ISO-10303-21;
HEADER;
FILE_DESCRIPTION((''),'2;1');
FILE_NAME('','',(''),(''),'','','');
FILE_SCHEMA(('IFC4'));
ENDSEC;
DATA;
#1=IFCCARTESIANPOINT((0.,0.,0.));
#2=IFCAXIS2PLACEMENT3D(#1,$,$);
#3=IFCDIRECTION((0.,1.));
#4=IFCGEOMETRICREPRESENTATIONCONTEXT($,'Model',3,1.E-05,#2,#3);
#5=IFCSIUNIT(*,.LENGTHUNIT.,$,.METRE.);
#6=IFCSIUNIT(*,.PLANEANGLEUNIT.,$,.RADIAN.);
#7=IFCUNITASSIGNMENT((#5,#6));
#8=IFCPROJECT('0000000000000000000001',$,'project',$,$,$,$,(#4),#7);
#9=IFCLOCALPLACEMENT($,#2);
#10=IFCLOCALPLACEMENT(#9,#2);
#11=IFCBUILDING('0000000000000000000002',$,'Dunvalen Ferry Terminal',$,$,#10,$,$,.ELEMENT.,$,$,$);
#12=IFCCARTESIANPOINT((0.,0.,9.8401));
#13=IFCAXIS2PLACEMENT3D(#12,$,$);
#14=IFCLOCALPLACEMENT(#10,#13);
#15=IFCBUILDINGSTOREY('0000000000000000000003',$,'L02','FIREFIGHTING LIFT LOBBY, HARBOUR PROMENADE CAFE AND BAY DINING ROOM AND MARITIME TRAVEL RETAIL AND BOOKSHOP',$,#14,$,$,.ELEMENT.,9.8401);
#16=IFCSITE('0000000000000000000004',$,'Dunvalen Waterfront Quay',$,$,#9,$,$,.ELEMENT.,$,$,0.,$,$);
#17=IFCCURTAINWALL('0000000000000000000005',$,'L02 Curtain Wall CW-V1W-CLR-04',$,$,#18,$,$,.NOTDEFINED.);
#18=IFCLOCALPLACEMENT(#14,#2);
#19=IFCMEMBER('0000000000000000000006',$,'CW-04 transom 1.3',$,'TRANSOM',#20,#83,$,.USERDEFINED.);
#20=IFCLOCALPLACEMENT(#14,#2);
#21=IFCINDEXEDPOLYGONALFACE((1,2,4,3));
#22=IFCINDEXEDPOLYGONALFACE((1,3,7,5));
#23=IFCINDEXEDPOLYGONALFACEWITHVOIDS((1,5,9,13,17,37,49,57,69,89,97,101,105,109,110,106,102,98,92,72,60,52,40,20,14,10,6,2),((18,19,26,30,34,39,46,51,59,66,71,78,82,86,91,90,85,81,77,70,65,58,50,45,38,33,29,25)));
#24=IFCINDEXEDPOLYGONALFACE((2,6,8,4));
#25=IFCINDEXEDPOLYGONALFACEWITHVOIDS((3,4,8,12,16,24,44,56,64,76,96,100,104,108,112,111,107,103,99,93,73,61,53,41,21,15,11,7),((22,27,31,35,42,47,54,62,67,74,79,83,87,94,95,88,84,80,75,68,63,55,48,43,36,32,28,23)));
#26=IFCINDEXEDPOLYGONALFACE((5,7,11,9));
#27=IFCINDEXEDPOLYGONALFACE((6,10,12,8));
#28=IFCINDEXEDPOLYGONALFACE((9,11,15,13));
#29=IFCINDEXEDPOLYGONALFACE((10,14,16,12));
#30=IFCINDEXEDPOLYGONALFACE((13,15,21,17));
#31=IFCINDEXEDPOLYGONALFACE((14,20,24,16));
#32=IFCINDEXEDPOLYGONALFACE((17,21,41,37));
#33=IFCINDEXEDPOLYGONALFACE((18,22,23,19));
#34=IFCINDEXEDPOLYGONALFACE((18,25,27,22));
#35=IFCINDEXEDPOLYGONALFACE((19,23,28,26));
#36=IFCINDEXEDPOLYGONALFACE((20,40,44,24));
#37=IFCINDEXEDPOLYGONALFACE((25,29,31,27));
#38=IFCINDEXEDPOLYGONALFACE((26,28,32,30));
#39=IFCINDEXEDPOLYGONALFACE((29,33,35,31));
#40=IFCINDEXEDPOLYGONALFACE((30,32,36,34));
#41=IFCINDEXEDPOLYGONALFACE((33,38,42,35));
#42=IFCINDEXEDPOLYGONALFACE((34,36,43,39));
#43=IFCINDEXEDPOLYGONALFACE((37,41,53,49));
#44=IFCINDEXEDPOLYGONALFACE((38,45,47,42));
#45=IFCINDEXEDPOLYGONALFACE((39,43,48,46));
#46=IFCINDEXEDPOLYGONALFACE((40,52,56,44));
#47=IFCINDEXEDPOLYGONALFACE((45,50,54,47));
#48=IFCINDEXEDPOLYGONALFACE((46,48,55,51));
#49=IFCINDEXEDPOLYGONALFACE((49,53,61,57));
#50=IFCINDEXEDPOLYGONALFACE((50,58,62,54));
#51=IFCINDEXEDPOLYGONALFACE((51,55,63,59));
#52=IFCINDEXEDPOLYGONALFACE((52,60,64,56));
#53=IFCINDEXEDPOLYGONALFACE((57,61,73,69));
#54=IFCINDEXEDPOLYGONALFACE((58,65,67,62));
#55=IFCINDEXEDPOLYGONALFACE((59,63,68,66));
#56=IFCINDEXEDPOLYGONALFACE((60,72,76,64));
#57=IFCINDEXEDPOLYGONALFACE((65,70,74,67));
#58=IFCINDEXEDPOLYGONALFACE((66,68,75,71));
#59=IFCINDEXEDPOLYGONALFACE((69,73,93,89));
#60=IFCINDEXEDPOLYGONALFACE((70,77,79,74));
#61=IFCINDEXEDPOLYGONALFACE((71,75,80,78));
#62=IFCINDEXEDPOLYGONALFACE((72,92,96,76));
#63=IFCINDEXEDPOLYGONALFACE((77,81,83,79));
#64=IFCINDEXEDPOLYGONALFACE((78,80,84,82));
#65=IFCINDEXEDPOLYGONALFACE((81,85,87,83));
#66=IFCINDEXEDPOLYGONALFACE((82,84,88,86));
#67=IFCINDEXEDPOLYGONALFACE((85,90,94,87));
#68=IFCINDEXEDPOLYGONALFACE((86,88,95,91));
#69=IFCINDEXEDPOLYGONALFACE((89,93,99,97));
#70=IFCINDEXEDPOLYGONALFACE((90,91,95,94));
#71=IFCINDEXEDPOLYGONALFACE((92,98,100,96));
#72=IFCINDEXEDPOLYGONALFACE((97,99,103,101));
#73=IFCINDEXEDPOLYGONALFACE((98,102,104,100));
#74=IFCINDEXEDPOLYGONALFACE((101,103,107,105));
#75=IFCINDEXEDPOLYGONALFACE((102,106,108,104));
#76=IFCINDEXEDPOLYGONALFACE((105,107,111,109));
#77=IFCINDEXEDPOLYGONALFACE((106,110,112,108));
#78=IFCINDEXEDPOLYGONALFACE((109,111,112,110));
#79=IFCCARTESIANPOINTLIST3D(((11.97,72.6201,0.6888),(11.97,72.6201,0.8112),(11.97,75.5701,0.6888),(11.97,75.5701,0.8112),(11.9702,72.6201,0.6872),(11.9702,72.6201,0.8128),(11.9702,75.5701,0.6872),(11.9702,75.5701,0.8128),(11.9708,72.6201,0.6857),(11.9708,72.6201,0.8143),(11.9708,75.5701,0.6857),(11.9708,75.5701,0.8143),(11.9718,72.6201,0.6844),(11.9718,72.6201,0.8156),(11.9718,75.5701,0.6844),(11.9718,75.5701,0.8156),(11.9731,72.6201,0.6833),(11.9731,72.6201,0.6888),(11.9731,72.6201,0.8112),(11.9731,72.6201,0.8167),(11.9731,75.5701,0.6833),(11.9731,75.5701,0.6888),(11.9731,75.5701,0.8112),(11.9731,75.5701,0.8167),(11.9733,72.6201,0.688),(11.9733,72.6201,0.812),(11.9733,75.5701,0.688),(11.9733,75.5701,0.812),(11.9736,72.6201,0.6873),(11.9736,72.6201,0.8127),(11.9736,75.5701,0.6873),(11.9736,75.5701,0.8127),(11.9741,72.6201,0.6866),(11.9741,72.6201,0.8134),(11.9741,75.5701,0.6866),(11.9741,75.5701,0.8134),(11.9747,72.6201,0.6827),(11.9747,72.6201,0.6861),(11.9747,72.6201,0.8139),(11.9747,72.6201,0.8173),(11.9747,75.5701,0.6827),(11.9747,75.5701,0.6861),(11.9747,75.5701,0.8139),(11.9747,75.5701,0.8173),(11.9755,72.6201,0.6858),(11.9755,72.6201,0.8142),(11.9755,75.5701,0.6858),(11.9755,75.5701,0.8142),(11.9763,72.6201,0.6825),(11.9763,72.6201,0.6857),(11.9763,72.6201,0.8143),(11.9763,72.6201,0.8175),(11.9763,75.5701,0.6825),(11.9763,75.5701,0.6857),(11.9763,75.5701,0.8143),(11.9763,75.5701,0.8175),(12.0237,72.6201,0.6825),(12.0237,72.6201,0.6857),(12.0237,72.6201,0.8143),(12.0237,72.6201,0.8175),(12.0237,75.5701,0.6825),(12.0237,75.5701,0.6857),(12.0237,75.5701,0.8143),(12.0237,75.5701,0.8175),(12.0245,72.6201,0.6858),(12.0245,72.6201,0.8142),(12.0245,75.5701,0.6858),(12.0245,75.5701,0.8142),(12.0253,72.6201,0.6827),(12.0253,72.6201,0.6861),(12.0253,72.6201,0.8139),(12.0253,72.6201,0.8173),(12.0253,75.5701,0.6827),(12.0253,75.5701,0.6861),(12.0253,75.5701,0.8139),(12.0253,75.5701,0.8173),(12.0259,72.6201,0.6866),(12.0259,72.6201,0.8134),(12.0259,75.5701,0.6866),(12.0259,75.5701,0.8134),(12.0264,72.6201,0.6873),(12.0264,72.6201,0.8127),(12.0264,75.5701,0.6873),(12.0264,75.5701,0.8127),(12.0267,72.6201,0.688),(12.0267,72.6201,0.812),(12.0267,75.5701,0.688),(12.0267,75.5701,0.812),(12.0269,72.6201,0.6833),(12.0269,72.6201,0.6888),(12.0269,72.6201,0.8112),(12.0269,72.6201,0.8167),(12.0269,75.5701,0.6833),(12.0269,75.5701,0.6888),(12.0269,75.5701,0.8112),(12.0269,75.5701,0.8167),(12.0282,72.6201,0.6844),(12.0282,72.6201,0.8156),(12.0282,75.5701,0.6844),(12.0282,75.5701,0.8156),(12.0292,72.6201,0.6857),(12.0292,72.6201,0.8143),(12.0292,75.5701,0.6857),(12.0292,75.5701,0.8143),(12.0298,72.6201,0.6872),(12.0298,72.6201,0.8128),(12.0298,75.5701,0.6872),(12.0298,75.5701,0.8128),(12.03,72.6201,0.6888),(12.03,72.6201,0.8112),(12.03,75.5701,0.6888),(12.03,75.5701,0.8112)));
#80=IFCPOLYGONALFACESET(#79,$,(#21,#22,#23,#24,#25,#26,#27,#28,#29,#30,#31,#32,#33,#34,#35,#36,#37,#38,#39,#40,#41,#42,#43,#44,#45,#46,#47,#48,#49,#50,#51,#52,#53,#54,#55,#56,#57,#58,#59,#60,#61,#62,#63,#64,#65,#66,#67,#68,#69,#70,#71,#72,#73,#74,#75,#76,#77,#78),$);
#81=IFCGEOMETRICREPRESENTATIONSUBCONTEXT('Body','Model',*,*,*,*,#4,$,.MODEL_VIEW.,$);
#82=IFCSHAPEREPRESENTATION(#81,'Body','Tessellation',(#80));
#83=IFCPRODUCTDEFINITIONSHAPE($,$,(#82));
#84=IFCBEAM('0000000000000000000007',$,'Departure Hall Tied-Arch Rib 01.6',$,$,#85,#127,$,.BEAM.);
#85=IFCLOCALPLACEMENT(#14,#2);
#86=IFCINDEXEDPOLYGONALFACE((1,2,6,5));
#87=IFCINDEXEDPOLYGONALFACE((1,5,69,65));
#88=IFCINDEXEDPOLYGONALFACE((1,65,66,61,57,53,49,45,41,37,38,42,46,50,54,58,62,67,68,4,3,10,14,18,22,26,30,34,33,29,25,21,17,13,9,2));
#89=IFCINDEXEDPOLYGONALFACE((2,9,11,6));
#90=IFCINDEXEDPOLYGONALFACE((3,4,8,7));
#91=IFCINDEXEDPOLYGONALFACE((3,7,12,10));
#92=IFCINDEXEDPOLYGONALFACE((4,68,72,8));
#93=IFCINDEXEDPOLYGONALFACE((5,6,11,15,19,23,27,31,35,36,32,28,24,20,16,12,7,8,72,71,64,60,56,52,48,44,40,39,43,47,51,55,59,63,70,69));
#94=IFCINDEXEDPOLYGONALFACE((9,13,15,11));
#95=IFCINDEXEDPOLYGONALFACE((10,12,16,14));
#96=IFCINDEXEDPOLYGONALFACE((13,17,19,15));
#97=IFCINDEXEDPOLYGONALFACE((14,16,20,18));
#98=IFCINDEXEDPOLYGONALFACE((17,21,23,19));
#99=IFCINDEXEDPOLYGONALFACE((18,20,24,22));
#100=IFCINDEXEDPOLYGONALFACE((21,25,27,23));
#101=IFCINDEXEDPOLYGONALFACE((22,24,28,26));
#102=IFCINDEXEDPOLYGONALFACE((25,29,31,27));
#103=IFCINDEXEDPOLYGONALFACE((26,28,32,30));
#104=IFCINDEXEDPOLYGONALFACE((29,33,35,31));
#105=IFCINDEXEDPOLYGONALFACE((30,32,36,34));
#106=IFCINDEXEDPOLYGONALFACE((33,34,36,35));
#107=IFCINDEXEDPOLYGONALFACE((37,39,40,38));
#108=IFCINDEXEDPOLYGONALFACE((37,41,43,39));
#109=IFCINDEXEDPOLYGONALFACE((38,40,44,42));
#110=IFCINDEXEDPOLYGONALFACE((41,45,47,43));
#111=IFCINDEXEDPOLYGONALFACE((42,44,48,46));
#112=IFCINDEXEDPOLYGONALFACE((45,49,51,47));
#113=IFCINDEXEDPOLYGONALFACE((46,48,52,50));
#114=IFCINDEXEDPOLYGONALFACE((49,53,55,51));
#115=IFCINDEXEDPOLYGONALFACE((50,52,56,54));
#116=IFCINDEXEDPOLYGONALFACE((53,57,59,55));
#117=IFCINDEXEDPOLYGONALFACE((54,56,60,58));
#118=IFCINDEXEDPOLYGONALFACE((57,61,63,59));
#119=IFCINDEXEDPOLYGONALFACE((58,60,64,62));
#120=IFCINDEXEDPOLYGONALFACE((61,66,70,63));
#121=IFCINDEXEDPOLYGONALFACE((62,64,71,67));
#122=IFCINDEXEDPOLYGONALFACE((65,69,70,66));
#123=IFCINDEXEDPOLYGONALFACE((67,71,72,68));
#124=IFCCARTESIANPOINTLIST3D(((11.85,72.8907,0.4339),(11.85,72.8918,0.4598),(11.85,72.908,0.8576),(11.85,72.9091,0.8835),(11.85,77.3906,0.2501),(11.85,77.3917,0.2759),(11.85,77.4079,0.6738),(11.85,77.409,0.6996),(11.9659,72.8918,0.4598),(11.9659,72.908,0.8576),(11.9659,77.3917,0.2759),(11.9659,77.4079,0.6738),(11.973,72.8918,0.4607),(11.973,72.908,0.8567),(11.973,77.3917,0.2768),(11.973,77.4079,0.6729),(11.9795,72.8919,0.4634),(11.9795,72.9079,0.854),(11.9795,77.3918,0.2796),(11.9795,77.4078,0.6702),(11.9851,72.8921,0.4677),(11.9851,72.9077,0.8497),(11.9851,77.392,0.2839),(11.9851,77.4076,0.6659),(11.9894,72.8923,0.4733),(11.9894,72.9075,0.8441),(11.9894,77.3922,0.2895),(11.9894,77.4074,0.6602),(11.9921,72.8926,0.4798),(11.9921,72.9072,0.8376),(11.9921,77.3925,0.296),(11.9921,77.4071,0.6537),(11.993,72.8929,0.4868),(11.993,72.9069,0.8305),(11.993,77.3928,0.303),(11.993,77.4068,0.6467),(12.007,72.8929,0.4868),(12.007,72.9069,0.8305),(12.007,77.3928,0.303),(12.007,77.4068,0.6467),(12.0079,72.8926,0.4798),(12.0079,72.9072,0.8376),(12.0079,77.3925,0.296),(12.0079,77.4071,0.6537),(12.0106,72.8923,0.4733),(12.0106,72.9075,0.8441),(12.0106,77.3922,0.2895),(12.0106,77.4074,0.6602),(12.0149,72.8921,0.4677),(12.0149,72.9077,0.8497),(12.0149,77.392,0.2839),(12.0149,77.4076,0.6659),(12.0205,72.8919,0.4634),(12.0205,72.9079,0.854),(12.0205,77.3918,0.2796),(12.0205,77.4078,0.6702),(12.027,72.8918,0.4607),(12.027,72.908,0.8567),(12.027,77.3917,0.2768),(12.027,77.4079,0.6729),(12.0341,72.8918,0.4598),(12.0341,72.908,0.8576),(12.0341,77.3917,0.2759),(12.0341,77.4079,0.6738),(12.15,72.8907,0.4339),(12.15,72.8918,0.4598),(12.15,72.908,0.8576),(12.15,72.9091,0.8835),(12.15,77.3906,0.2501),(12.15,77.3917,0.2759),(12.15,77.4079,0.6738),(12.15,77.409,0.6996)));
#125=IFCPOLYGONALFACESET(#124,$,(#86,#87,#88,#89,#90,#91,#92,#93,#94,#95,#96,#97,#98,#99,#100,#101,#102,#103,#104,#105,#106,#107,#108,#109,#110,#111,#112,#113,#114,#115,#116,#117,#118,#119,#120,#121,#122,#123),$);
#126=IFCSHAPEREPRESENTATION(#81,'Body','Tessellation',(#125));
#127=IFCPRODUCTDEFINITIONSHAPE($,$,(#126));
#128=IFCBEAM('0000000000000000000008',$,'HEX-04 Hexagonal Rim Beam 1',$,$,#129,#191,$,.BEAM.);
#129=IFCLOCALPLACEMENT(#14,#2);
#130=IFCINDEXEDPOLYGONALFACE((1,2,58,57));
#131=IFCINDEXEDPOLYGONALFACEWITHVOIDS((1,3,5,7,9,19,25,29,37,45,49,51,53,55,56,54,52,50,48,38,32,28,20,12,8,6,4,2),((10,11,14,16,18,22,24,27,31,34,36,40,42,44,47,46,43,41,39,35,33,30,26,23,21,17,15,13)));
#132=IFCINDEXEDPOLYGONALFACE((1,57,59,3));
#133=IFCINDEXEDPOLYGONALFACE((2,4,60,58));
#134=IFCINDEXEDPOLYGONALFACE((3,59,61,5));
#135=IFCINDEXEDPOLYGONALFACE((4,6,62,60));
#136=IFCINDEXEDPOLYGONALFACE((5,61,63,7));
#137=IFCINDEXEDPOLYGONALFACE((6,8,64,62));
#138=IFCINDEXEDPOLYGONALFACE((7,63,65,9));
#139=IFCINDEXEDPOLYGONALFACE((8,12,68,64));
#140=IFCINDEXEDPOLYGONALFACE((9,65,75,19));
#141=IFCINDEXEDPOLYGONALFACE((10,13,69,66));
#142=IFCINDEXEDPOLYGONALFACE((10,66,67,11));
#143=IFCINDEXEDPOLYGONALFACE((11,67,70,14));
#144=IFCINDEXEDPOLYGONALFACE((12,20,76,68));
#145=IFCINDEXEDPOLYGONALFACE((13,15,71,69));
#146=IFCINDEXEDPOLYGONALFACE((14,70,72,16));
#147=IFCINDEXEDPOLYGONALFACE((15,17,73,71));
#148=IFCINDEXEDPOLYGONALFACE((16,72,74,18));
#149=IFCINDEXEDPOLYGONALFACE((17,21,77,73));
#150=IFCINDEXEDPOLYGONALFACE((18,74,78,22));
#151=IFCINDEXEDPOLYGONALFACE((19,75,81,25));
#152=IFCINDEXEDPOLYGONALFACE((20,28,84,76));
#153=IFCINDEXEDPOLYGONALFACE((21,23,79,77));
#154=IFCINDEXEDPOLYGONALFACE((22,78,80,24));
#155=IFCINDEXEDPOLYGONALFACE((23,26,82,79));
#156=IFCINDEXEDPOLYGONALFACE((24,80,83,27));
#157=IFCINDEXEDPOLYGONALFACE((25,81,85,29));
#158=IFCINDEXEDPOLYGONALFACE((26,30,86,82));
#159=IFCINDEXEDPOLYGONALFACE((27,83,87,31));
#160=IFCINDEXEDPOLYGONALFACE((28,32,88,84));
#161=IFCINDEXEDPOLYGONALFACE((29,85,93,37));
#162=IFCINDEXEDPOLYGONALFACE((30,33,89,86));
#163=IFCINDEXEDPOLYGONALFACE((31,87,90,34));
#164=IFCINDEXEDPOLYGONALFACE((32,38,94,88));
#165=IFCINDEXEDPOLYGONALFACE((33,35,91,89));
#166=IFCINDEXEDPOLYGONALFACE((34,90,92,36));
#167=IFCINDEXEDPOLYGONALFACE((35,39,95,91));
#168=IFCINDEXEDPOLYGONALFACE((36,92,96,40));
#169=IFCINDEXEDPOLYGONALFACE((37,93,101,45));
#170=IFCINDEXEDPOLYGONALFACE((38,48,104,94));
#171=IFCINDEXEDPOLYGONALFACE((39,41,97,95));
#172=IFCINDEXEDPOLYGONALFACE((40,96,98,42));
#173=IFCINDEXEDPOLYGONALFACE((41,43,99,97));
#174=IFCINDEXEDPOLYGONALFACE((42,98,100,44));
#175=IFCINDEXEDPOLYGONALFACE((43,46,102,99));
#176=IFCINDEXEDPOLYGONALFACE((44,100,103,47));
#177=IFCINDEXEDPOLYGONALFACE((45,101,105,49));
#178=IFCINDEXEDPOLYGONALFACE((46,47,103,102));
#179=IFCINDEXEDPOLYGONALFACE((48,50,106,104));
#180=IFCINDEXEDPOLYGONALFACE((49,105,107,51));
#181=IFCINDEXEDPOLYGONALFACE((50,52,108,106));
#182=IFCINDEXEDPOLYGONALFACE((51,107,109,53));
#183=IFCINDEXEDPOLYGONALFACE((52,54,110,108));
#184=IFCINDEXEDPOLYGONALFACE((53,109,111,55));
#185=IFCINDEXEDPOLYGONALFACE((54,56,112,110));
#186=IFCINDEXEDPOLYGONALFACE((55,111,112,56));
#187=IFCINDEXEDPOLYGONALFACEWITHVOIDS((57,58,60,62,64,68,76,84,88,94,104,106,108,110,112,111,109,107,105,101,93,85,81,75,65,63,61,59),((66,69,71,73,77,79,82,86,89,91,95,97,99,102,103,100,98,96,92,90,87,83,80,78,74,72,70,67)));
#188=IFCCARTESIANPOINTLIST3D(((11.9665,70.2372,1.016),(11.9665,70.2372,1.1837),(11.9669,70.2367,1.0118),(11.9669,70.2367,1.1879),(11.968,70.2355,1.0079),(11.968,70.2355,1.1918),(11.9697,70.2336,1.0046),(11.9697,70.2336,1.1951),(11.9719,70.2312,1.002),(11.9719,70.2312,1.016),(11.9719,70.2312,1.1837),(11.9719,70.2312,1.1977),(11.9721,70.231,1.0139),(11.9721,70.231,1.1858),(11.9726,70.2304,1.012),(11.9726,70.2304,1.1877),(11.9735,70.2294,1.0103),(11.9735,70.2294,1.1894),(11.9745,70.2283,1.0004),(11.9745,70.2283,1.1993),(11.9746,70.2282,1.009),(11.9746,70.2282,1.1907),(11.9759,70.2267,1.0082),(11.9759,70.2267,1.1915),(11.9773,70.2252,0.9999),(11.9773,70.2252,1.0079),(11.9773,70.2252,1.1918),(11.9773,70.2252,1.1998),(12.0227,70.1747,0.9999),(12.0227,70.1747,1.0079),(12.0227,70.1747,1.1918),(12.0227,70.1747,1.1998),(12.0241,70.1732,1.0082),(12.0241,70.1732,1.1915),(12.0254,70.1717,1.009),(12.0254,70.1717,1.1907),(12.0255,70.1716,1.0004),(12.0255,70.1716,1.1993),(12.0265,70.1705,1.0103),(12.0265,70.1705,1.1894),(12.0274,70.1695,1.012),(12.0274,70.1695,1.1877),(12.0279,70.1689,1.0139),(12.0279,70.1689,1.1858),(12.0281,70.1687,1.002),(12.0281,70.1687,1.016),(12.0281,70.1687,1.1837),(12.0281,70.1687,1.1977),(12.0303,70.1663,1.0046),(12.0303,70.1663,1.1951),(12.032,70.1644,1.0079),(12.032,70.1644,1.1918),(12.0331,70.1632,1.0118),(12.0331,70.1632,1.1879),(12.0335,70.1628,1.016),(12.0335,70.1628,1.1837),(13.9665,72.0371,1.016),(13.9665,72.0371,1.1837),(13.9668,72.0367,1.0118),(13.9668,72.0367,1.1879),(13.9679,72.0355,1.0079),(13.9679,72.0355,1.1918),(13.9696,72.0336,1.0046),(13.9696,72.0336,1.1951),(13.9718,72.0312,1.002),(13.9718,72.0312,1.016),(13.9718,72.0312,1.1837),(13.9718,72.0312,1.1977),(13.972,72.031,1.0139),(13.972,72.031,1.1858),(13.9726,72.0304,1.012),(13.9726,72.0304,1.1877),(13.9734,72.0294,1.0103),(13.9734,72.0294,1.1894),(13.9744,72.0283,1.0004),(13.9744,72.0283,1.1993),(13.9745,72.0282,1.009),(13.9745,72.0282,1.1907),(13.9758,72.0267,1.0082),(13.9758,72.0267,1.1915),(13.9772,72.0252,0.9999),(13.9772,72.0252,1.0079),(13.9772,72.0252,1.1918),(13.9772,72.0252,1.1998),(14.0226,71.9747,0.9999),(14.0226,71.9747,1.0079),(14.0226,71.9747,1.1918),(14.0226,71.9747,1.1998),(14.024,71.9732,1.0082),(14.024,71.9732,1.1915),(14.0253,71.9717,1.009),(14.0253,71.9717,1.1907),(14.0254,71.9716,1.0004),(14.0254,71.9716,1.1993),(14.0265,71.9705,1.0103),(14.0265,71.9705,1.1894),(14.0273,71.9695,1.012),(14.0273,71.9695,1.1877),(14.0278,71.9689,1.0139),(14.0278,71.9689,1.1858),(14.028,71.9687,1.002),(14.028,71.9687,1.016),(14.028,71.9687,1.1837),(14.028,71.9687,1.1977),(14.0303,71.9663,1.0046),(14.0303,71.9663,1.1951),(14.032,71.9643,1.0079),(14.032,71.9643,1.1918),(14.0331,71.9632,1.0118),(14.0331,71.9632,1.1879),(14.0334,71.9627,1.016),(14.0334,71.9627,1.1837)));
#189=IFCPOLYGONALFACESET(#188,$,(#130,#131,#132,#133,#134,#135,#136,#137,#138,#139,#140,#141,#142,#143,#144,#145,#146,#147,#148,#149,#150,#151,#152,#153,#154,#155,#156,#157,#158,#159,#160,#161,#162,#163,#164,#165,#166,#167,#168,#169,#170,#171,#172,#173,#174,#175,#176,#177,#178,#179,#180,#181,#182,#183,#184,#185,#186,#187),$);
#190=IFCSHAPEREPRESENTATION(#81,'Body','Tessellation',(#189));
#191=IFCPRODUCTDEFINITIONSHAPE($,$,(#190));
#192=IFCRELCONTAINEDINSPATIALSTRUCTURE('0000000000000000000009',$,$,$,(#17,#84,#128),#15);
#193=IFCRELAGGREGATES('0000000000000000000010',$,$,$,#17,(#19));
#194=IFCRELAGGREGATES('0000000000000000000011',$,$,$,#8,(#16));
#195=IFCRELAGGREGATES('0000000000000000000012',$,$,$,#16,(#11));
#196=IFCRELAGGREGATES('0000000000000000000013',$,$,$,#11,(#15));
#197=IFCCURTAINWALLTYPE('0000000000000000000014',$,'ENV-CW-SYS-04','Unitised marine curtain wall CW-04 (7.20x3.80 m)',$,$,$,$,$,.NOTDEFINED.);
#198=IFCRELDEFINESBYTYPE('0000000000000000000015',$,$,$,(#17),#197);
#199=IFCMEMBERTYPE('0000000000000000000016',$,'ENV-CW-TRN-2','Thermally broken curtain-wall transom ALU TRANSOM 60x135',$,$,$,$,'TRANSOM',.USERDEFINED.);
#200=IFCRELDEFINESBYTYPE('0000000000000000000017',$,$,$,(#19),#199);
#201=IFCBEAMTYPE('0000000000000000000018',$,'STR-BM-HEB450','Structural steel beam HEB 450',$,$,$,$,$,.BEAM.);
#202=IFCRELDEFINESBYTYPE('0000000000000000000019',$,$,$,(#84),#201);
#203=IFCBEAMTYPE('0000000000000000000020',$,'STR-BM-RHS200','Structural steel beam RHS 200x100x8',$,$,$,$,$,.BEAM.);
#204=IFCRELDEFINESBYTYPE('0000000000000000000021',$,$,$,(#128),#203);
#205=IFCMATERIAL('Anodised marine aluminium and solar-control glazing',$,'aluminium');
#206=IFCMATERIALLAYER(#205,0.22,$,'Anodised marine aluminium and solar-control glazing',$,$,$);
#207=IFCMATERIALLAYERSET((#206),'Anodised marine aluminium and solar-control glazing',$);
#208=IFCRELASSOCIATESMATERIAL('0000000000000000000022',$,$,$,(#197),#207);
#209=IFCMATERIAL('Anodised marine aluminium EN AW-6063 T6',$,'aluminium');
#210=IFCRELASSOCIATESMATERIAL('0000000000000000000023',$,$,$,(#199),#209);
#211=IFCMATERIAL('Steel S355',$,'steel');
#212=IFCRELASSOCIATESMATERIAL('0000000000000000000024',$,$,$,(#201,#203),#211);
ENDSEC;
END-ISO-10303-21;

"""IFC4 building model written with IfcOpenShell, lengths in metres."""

from ifc_helpers import new_model, si_unit, direction, frame, origin, origin_2d, place, context, subcontext, project, spatial, hollow_rectangle, i_section, extrude, material, layer, layer_set, material_profile, profile_set, type_object, element, aggregate, save


model = new_model("IFC4")

# Units and contexts
model_context = context("Model", 3, precision=1e-05, world=origin(), true_north=direction((0.0, 1.0)))
body_context = subcontext(model_context, "Body", "Model", "MODEL_VIEW")
ifc_project = project(units=[si_unit("LENGTHUNIT", "METRE"), si_unit("PLANEANGLEUNIT", "RADIAN")], contexts=[model_context])

# Site, building, storey
site_placement = place(None, origin())
site = spatial("IfcSite", under=ifc_project, at=site_placement, Name="Dunvalen Waterfront Quay", CompositionType="ELEMENT", RefElevation=0.0)
building_placement = place(site_placement, origin())
building = spatial("IfcBuilding", under=site, at=building_placement, Name="Dunvalen Ferry Terminal", CompositionType="ELEMENT")
storey_placement = place(building_placement, frame((0.0, 0.0, 9.8401)))
storey = spatial("IfcBuildingStorey", under=building, at=storey_placement, Name="L02", Description="FIREFIGHTING LIFT LOBBY, HARBOUR PROMENADE CAFE AND BAY DINING ROOM AND MARITIME TRAVEL RETAIL AND BOOKSHOP", CompositionType="ELEMENT", Elevation=9.8401)

# Shared definitions
ifc_material_1 = material(Name="Anodised marine aluminium and solar-control glazing", Category="aluminium")
ifc_layer_1 = layer(ifc_material_1, 0.22, Name="Anodised marine aluminium and solar-control glazing")
ifc_layer_set_1 = layer_set([ifc_layer_1], Name="Anodised marine aluminium and solar-control glazing")
curtain_wall_type = type_object("IfcCurtainWallType", Name="ENV-CW-SYS-04", Description="Unitised marine curtain wall CW-04 (7.20x3.80 m)", PredefinedType="NOTDEFINED", material=ifc_layer_set_1)
ifc_material_2 = material(Name="Anodised marine aluminium EN AW-6063 T6", Category="aluminium")

# Curtain wall
curtain_wall_1_placement = place(storey_placement, origin())
curtain_wall_1 = element("IfcCurtainWall", 1, at=curtain_wall_1_placement, inside=storey, type_object=curtain_wall_type, Name="L02 Curtain Wall CW-V1W-CLR-04", PredefinedType="NOTDEFINED")

# Member
ifc_material_profile_1 = material_profile(ifc_material_2, hollow_rectangle(XDim=0.0601, YDim=0.135, WallThickness=0.0032, InnerFilletRadius=0.0032, OuterFilletRadius=0.0063, at=origin_2d()), Name="Anodised marine aluminium EN AW-6063 T6")
ifc_profile_set_1 = profile_set([ifc_material_profile_1], Name="Anodised marine aluminium EN AW-6063 T6")
member_type_1 = type_object("IfcMemberType", Name="ENV-CW-TRN-2", Description="Thermally broken curtain-wall transom ALU TRANSOM 60x135", ElementType="TRANSOM", PredefinedType="USERDEFINED", material=ifc_profile_set_1)
member_1_placement = place(storey_placement, frame((12.0, 72.6201, 0.75), z_axis=(0.0, 1.0, 0.0), x_axis=(-1.0, 0.0, 0.0)))
member_1 = element("IfcMember", 2, at=member_1_placement, type_object=member_type_1, Name="CW-04 transom 1.3", ObjectType="TRANSOM", PredefinedType="USERDEFINED", context=body_context, shape_type="SweptSolid", body=[
    extrude(hollow_rectangle(XDim=0.0601, YDim=0.135, WallThickness=0.0032, InnerFilletRadius=0.0032, OuterFilletRadius=0.0063, at=origin_2d()), origin(), (0.0, 0.0, 1.0), 2.95),
])
aggregate(curtain_wall_1, [member_1])

# Beams
ifc_material_3 = material(Name="Steel S355", Category="steel")
ifc_material_profile_2 = material_profile(ifc_material_3, i_section(OverallWidth=0.3, OverallDepth=0.45, WebThickness=0.0139, FlangeThickness=0.0259, FilletRadius=0.0271, at=origin_2d()), Name="Steel S355")
ifc_profile_set_2 = profile_set([ifc_material_profile_2], Name="Steel S355")
beam_type_1 = type_object("IfcBeamType", Name="STR-BM-HEB450", Description="Structural steel beam HEB 450", PredefinedType="BEAM", material=ifc_profile_set_2)
beam_1_placement = place(storey_placement, frame((12.0, 72.8999, 0.6587), z_axis=(0.0, 0.999167, -0.040819), x_axis=(-1.0, 0.0, 0.0)))
element("IfcBeam", 3, at=beam_1_placement, inside=storey, type_object=beam_type_1, Name="Departure Hall Tied-Arch Rib 01.6", PredefinedType="BEAM", context=body_context, shape_type="SweptSolid", body=[
    extrude(i_section(OverallWidth=0.3, OverallDepth=0.45, WebThickness=0.0139, FlangeThickness=0.0259, FilletRadius=0.0271, at=origin_2d()), origin(), (0.0, 0.0, 1.0), 4.5037),
])
ifc_material_profile_3 = material_profile(ifc_material_3, hollow_rectangle(XDim=0.1001, YDim=0.2, WallThickness=0.0081, InnerFilletRadius=0.0081, OuterFilletRadius=0.0161, at=origin_2d()), Name="Steel S355")
ifc_profile_set_3 = profile_set([ifc_material_profile_3], Name="Steel S355")
beam_type_2 = type_object("IfcBeamType", Name="STR-BM-RHS200", Description="Structural steel beam RHS 200x100x8", PredefinedType="BEAM", material=ifc_profile_set_3)
beam_2_placement = place(storey_placement, frame((12.0, 70.2, 1.0999), z_axis=(0.743285, 0.668975, 0.0), x_axis=(-0.668975, 0.743285, 0.0)))
element("IfcBeam", 4, at=beam_2_placement, inside=storey, type_object=beam_type_2, Name="HEX-04 Hexagonal Rim Beam 1", PredefinedType="BEAM", context=body_context, shape_type="SweptSolid", body=[
    extrude(hollow_rectangle(XDim=0.1001, YDim=0.2, WallThickness=0.0081, InnerFilletRadius=0.0081, OuterFilletRadius=0.0161, at=origin_2d()), origin(), (0.0, 0.0, 1.0), 2.6907),
])

save(model, "model.ifc")
